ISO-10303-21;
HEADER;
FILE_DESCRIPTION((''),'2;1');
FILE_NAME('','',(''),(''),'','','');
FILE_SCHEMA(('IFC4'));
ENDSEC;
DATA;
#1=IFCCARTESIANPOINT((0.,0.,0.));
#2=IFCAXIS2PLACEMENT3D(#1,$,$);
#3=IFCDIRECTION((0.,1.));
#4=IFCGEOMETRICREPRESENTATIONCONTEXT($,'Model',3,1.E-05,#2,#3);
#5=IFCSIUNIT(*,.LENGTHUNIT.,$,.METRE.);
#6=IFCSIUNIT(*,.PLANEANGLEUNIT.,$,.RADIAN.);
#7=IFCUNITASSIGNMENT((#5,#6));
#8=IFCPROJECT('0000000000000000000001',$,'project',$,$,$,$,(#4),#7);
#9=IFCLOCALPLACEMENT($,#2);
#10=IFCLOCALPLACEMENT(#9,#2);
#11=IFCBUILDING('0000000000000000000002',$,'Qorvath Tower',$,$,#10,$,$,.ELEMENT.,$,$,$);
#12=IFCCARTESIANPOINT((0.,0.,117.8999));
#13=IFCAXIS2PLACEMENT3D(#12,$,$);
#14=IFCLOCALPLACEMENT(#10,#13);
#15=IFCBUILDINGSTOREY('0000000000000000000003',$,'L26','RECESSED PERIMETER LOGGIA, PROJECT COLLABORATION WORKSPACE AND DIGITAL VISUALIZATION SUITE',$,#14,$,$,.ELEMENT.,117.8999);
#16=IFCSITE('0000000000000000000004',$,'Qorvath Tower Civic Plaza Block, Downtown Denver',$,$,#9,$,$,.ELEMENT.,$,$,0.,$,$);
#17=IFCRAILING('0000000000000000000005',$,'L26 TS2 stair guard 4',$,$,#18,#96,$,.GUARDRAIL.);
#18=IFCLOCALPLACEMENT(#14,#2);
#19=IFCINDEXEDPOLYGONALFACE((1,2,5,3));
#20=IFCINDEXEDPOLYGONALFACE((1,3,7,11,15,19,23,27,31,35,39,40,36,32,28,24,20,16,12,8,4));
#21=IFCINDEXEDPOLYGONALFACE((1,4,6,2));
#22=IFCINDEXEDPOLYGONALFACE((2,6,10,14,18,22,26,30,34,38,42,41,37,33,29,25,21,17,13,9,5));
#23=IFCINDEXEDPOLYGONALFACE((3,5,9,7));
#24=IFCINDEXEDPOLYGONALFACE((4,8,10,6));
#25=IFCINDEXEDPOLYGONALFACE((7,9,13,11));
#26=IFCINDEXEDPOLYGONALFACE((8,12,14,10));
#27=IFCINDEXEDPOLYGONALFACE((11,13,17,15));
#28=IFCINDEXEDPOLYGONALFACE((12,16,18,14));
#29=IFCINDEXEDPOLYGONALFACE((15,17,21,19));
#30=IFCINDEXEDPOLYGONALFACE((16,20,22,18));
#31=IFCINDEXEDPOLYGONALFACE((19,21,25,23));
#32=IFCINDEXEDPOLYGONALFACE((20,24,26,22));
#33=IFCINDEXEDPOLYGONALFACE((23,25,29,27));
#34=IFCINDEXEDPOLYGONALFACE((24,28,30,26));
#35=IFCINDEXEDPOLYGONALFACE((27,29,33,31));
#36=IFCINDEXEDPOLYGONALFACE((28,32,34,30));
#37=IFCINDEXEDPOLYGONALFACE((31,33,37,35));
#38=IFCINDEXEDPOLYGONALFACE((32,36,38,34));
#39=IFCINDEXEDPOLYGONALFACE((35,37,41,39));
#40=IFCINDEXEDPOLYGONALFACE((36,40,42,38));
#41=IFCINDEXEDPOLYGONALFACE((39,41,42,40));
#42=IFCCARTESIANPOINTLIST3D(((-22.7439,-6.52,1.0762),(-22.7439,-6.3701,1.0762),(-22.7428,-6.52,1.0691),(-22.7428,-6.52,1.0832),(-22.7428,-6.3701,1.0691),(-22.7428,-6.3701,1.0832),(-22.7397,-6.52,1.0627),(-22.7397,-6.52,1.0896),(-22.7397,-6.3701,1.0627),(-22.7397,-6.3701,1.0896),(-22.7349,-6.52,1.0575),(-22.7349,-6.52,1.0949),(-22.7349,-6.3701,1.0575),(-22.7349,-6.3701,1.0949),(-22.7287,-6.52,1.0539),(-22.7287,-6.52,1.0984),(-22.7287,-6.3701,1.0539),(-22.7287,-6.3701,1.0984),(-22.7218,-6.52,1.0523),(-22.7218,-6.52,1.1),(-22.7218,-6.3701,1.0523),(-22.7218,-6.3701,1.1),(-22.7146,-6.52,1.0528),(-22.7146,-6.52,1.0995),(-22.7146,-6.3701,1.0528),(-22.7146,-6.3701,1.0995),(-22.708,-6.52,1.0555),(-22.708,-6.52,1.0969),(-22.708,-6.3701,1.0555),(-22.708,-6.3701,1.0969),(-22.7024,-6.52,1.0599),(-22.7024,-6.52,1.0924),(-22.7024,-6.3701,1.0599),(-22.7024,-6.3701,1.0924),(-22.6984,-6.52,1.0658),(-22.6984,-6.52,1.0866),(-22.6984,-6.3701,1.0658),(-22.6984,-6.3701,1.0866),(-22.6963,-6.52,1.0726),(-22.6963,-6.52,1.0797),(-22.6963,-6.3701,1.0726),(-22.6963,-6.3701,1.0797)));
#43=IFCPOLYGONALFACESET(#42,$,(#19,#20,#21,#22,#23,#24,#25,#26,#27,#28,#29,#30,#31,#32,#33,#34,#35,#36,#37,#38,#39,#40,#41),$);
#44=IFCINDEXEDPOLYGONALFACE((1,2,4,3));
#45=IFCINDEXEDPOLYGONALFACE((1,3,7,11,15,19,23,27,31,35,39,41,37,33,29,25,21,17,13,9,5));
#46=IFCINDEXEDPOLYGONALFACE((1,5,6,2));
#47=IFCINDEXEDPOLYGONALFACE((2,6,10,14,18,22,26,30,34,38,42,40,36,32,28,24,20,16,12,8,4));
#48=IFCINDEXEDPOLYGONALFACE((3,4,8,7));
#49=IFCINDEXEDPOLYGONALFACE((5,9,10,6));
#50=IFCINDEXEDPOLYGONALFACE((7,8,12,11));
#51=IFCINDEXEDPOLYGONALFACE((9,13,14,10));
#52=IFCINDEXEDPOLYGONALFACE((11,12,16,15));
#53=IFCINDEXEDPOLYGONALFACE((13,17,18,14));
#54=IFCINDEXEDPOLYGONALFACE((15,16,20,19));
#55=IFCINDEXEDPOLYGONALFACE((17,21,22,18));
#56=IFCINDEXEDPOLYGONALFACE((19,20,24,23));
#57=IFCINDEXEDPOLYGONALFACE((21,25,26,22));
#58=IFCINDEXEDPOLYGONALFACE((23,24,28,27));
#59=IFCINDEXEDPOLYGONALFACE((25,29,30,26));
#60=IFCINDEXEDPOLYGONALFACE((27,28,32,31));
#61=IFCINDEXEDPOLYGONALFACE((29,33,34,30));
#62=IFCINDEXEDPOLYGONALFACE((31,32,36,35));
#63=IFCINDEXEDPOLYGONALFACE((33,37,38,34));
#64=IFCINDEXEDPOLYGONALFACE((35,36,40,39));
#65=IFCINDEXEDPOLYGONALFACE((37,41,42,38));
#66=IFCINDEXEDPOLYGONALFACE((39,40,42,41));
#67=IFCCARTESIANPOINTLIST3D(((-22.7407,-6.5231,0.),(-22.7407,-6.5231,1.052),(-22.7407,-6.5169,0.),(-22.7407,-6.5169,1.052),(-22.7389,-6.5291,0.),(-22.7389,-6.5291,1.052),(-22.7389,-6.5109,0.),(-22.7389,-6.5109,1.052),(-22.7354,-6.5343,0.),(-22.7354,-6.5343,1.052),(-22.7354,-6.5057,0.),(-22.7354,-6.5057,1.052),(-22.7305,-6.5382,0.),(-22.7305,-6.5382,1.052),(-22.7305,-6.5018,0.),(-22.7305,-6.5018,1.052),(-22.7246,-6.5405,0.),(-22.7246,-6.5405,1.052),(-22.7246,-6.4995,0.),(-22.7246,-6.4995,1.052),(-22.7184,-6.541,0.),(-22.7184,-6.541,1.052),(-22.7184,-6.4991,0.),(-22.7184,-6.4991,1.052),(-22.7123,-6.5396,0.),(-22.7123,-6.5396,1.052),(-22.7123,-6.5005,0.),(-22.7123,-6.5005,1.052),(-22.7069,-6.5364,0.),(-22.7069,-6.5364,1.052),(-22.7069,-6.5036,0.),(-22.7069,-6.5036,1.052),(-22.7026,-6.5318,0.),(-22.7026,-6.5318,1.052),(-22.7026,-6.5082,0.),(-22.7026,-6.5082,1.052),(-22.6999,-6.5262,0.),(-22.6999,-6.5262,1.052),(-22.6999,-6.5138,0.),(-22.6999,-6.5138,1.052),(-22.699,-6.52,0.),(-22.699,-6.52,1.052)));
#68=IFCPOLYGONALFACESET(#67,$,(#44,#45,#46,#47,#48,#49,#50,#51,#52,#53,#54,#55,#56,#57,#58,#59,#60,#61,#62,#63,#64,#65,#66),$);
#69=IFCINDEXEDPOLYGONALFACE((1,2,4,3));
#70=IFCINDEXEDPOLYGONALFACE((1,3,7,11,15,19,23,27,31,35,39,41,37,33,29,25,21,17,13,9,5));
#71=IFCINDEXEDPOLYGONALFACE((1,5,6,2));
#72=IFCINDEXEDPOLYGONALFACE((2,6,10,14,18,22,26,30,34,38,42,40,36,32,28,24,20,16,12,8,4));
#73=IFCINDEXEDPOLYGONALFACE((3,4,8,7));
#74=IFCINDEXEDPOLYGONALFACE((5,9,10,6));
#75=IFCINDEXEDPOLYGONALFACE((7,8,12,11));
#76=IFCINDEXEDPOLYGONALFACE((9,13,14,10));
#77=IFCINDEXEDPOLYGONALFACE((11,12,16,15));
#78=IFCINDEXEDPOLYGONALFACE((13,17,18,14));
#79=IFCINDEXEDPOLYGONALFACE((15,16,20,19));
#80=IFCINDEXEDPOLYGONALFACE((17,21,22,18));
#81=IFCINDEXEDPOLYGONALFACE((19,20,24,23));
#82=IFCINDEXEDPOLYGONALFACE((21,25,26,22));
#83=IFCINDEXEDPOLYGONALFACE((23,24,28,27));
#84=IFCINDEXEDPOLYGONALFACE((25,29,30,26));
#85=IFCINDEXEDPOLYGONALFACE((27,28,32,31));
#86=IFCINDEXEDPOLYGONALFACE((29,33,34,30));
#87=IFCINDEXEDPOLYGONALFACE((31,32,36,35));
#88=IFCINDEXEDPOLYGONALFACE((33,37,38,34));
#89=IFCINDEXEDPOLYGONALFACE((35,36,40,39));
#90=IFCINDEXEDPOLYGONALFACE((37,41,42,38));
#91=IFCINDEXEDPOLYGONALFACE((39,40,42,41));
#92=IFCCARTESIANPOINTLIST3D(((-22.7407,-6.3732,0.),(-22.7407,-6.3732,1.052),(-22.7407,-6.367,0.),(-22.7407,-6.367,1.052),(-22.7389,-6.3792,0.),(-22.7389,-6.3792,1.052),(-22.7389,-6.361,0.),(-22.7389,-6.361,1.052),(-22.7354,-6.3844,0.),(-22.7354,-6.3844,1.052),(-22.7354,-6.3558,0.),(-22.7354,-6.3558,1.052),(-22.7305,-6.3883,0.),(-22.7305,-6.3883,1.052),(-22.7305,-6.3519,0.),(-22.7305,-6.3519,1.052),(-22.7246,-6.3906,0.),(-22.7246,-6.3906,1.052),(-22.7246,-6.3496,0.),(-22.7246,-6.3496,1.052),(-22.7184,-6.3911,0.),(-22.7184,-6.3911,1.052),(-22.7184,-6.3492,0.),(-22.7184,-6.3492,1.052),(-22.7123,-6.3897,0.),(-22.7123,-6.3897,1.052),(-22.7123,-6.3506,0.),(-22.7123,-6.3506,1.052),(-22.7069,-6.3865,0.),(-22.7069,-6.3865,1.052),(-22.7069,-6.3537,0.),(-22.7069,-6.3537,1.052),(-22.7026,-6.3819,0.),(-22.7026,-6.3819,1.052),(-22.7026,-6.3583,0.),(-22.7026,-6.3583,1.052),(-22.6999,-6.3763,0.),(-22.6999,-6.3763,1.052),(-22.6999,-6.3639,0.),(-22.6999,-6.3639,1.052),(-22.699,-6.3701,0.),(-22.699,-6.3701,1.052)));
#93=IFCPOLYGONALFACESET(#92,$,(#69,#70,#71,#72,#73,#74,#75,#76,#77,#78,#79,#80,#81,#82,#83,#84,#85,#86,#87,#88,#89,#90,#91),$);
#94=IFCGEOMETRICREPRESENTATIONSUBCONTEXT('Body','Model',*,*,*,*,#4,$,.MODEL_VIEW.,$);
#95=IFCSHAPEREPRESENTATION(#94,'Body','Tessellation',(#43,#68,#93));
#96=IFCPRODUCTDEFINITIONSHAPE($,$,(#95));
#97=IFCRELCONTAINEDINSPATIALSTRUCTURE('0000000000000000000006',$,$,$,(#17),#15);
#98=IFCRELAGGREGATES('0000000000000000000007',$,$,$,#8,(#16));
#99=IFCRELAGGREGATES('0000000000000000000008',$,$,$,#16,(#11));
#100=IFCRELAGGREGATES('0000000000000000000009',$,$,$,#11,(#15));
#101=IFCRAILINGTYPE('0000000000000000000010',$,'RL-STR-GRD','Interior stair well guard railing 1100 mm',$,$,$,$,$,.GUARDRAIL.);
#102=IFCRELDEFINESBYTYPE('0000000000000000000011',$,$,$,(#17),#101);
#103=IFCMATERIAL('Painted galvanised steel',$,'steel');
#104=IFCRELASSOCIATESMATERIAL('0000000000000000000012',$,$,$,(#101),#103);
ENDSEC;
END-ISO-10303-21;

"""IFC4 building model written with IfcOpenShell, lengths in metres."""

from ifc_helpers import new_model, si_unit, direction, frame, origin, origin_2d, place, context, subcontext, project, spatial, circle, extrude, material, type_object, element, save


model = new_model("IFC4")

# Units and contexts
model_context = context("Model", 3, precision=1e-05, world=origin(), true_north=direction((0.0, 1.0)))
body_context = subcontext(model_context, "Body", "Model", "MODEL_VIEW")
ifc_project = project(units=[si_unit("LENGTHUNIT", "METRE"), si_unit("PLANEANGLEUNIT", "RADIAN")], contexts=[model_context])

# Site, building, storey
site_placement = place(None, origin())
site = spatial("IfcSite", under=ifc_project, at=site_placement, Name="Qorvath Tower Civic Plaza Block, Downtown Denver", CompositionType="ELEMENT", RefElevation=0.0)
building_placement = place(site_placement, origin())
building = spatial("IfcBuilding", under=site, at=building_placement, Name="Qorvath Tower", CompositionType="ELEMENT")
storey_placement = place(building_placement, frame((0.0, 0.0, 117.8999)))
storey = spatial("IfcBuildingStorey", under=building, at=storey_placement, Name="L26", Description="RECESSED PERIMETER LOGGIA, PROJECT COLLABORATION WORKSPACE AND DIGITAL VISUALIZATION SUITE", CompositionType="ELEMENT", Elevation=117.8999)

# Railing
ifc_material_1 = material(Name="Painted galvanised steel", Category="steel")
railing_type_1 = type_object("IfcRailingType", Name="RL-STR-GRD", Description="Interior stair well guard railing 1100 mm", PredefinedType="GUARDRAIL", material=ifc_material_1)
railing_1_placement = place(storey_placement, frame((-22.72, -6.52, 0.0)))
element("IfcRailing", 1, at=railing_1_placement, inside=storey, type_object=railing_type_1, Name="L26 TS2 stair guard 4", PredefinedType="GUARDRAIL", context=body_context, shape_type="SweptSolid", body=[
    extrude(circle(Radius=0.0239, at=origin_2d()), frame((0.0, 0.0, 1.0762), z_axis=(0.0, 1.0, 0.0), x_axis=(-1.0, 0.0, 0.0)), (0.0, 0.0, 1.0), 0.1499),
    extrude(circle(Radius=0.021, at=origin_2d()), origin(), (0.0, 0.0, 1.0), 1.052),
    extrude(circle(Radius=0.021, at=origin_2d()), frame((0.0, 0.1499, 0.0)), (0.0, 0.0, 1.0), 1.052),
])

save(model, "model.ifc")
